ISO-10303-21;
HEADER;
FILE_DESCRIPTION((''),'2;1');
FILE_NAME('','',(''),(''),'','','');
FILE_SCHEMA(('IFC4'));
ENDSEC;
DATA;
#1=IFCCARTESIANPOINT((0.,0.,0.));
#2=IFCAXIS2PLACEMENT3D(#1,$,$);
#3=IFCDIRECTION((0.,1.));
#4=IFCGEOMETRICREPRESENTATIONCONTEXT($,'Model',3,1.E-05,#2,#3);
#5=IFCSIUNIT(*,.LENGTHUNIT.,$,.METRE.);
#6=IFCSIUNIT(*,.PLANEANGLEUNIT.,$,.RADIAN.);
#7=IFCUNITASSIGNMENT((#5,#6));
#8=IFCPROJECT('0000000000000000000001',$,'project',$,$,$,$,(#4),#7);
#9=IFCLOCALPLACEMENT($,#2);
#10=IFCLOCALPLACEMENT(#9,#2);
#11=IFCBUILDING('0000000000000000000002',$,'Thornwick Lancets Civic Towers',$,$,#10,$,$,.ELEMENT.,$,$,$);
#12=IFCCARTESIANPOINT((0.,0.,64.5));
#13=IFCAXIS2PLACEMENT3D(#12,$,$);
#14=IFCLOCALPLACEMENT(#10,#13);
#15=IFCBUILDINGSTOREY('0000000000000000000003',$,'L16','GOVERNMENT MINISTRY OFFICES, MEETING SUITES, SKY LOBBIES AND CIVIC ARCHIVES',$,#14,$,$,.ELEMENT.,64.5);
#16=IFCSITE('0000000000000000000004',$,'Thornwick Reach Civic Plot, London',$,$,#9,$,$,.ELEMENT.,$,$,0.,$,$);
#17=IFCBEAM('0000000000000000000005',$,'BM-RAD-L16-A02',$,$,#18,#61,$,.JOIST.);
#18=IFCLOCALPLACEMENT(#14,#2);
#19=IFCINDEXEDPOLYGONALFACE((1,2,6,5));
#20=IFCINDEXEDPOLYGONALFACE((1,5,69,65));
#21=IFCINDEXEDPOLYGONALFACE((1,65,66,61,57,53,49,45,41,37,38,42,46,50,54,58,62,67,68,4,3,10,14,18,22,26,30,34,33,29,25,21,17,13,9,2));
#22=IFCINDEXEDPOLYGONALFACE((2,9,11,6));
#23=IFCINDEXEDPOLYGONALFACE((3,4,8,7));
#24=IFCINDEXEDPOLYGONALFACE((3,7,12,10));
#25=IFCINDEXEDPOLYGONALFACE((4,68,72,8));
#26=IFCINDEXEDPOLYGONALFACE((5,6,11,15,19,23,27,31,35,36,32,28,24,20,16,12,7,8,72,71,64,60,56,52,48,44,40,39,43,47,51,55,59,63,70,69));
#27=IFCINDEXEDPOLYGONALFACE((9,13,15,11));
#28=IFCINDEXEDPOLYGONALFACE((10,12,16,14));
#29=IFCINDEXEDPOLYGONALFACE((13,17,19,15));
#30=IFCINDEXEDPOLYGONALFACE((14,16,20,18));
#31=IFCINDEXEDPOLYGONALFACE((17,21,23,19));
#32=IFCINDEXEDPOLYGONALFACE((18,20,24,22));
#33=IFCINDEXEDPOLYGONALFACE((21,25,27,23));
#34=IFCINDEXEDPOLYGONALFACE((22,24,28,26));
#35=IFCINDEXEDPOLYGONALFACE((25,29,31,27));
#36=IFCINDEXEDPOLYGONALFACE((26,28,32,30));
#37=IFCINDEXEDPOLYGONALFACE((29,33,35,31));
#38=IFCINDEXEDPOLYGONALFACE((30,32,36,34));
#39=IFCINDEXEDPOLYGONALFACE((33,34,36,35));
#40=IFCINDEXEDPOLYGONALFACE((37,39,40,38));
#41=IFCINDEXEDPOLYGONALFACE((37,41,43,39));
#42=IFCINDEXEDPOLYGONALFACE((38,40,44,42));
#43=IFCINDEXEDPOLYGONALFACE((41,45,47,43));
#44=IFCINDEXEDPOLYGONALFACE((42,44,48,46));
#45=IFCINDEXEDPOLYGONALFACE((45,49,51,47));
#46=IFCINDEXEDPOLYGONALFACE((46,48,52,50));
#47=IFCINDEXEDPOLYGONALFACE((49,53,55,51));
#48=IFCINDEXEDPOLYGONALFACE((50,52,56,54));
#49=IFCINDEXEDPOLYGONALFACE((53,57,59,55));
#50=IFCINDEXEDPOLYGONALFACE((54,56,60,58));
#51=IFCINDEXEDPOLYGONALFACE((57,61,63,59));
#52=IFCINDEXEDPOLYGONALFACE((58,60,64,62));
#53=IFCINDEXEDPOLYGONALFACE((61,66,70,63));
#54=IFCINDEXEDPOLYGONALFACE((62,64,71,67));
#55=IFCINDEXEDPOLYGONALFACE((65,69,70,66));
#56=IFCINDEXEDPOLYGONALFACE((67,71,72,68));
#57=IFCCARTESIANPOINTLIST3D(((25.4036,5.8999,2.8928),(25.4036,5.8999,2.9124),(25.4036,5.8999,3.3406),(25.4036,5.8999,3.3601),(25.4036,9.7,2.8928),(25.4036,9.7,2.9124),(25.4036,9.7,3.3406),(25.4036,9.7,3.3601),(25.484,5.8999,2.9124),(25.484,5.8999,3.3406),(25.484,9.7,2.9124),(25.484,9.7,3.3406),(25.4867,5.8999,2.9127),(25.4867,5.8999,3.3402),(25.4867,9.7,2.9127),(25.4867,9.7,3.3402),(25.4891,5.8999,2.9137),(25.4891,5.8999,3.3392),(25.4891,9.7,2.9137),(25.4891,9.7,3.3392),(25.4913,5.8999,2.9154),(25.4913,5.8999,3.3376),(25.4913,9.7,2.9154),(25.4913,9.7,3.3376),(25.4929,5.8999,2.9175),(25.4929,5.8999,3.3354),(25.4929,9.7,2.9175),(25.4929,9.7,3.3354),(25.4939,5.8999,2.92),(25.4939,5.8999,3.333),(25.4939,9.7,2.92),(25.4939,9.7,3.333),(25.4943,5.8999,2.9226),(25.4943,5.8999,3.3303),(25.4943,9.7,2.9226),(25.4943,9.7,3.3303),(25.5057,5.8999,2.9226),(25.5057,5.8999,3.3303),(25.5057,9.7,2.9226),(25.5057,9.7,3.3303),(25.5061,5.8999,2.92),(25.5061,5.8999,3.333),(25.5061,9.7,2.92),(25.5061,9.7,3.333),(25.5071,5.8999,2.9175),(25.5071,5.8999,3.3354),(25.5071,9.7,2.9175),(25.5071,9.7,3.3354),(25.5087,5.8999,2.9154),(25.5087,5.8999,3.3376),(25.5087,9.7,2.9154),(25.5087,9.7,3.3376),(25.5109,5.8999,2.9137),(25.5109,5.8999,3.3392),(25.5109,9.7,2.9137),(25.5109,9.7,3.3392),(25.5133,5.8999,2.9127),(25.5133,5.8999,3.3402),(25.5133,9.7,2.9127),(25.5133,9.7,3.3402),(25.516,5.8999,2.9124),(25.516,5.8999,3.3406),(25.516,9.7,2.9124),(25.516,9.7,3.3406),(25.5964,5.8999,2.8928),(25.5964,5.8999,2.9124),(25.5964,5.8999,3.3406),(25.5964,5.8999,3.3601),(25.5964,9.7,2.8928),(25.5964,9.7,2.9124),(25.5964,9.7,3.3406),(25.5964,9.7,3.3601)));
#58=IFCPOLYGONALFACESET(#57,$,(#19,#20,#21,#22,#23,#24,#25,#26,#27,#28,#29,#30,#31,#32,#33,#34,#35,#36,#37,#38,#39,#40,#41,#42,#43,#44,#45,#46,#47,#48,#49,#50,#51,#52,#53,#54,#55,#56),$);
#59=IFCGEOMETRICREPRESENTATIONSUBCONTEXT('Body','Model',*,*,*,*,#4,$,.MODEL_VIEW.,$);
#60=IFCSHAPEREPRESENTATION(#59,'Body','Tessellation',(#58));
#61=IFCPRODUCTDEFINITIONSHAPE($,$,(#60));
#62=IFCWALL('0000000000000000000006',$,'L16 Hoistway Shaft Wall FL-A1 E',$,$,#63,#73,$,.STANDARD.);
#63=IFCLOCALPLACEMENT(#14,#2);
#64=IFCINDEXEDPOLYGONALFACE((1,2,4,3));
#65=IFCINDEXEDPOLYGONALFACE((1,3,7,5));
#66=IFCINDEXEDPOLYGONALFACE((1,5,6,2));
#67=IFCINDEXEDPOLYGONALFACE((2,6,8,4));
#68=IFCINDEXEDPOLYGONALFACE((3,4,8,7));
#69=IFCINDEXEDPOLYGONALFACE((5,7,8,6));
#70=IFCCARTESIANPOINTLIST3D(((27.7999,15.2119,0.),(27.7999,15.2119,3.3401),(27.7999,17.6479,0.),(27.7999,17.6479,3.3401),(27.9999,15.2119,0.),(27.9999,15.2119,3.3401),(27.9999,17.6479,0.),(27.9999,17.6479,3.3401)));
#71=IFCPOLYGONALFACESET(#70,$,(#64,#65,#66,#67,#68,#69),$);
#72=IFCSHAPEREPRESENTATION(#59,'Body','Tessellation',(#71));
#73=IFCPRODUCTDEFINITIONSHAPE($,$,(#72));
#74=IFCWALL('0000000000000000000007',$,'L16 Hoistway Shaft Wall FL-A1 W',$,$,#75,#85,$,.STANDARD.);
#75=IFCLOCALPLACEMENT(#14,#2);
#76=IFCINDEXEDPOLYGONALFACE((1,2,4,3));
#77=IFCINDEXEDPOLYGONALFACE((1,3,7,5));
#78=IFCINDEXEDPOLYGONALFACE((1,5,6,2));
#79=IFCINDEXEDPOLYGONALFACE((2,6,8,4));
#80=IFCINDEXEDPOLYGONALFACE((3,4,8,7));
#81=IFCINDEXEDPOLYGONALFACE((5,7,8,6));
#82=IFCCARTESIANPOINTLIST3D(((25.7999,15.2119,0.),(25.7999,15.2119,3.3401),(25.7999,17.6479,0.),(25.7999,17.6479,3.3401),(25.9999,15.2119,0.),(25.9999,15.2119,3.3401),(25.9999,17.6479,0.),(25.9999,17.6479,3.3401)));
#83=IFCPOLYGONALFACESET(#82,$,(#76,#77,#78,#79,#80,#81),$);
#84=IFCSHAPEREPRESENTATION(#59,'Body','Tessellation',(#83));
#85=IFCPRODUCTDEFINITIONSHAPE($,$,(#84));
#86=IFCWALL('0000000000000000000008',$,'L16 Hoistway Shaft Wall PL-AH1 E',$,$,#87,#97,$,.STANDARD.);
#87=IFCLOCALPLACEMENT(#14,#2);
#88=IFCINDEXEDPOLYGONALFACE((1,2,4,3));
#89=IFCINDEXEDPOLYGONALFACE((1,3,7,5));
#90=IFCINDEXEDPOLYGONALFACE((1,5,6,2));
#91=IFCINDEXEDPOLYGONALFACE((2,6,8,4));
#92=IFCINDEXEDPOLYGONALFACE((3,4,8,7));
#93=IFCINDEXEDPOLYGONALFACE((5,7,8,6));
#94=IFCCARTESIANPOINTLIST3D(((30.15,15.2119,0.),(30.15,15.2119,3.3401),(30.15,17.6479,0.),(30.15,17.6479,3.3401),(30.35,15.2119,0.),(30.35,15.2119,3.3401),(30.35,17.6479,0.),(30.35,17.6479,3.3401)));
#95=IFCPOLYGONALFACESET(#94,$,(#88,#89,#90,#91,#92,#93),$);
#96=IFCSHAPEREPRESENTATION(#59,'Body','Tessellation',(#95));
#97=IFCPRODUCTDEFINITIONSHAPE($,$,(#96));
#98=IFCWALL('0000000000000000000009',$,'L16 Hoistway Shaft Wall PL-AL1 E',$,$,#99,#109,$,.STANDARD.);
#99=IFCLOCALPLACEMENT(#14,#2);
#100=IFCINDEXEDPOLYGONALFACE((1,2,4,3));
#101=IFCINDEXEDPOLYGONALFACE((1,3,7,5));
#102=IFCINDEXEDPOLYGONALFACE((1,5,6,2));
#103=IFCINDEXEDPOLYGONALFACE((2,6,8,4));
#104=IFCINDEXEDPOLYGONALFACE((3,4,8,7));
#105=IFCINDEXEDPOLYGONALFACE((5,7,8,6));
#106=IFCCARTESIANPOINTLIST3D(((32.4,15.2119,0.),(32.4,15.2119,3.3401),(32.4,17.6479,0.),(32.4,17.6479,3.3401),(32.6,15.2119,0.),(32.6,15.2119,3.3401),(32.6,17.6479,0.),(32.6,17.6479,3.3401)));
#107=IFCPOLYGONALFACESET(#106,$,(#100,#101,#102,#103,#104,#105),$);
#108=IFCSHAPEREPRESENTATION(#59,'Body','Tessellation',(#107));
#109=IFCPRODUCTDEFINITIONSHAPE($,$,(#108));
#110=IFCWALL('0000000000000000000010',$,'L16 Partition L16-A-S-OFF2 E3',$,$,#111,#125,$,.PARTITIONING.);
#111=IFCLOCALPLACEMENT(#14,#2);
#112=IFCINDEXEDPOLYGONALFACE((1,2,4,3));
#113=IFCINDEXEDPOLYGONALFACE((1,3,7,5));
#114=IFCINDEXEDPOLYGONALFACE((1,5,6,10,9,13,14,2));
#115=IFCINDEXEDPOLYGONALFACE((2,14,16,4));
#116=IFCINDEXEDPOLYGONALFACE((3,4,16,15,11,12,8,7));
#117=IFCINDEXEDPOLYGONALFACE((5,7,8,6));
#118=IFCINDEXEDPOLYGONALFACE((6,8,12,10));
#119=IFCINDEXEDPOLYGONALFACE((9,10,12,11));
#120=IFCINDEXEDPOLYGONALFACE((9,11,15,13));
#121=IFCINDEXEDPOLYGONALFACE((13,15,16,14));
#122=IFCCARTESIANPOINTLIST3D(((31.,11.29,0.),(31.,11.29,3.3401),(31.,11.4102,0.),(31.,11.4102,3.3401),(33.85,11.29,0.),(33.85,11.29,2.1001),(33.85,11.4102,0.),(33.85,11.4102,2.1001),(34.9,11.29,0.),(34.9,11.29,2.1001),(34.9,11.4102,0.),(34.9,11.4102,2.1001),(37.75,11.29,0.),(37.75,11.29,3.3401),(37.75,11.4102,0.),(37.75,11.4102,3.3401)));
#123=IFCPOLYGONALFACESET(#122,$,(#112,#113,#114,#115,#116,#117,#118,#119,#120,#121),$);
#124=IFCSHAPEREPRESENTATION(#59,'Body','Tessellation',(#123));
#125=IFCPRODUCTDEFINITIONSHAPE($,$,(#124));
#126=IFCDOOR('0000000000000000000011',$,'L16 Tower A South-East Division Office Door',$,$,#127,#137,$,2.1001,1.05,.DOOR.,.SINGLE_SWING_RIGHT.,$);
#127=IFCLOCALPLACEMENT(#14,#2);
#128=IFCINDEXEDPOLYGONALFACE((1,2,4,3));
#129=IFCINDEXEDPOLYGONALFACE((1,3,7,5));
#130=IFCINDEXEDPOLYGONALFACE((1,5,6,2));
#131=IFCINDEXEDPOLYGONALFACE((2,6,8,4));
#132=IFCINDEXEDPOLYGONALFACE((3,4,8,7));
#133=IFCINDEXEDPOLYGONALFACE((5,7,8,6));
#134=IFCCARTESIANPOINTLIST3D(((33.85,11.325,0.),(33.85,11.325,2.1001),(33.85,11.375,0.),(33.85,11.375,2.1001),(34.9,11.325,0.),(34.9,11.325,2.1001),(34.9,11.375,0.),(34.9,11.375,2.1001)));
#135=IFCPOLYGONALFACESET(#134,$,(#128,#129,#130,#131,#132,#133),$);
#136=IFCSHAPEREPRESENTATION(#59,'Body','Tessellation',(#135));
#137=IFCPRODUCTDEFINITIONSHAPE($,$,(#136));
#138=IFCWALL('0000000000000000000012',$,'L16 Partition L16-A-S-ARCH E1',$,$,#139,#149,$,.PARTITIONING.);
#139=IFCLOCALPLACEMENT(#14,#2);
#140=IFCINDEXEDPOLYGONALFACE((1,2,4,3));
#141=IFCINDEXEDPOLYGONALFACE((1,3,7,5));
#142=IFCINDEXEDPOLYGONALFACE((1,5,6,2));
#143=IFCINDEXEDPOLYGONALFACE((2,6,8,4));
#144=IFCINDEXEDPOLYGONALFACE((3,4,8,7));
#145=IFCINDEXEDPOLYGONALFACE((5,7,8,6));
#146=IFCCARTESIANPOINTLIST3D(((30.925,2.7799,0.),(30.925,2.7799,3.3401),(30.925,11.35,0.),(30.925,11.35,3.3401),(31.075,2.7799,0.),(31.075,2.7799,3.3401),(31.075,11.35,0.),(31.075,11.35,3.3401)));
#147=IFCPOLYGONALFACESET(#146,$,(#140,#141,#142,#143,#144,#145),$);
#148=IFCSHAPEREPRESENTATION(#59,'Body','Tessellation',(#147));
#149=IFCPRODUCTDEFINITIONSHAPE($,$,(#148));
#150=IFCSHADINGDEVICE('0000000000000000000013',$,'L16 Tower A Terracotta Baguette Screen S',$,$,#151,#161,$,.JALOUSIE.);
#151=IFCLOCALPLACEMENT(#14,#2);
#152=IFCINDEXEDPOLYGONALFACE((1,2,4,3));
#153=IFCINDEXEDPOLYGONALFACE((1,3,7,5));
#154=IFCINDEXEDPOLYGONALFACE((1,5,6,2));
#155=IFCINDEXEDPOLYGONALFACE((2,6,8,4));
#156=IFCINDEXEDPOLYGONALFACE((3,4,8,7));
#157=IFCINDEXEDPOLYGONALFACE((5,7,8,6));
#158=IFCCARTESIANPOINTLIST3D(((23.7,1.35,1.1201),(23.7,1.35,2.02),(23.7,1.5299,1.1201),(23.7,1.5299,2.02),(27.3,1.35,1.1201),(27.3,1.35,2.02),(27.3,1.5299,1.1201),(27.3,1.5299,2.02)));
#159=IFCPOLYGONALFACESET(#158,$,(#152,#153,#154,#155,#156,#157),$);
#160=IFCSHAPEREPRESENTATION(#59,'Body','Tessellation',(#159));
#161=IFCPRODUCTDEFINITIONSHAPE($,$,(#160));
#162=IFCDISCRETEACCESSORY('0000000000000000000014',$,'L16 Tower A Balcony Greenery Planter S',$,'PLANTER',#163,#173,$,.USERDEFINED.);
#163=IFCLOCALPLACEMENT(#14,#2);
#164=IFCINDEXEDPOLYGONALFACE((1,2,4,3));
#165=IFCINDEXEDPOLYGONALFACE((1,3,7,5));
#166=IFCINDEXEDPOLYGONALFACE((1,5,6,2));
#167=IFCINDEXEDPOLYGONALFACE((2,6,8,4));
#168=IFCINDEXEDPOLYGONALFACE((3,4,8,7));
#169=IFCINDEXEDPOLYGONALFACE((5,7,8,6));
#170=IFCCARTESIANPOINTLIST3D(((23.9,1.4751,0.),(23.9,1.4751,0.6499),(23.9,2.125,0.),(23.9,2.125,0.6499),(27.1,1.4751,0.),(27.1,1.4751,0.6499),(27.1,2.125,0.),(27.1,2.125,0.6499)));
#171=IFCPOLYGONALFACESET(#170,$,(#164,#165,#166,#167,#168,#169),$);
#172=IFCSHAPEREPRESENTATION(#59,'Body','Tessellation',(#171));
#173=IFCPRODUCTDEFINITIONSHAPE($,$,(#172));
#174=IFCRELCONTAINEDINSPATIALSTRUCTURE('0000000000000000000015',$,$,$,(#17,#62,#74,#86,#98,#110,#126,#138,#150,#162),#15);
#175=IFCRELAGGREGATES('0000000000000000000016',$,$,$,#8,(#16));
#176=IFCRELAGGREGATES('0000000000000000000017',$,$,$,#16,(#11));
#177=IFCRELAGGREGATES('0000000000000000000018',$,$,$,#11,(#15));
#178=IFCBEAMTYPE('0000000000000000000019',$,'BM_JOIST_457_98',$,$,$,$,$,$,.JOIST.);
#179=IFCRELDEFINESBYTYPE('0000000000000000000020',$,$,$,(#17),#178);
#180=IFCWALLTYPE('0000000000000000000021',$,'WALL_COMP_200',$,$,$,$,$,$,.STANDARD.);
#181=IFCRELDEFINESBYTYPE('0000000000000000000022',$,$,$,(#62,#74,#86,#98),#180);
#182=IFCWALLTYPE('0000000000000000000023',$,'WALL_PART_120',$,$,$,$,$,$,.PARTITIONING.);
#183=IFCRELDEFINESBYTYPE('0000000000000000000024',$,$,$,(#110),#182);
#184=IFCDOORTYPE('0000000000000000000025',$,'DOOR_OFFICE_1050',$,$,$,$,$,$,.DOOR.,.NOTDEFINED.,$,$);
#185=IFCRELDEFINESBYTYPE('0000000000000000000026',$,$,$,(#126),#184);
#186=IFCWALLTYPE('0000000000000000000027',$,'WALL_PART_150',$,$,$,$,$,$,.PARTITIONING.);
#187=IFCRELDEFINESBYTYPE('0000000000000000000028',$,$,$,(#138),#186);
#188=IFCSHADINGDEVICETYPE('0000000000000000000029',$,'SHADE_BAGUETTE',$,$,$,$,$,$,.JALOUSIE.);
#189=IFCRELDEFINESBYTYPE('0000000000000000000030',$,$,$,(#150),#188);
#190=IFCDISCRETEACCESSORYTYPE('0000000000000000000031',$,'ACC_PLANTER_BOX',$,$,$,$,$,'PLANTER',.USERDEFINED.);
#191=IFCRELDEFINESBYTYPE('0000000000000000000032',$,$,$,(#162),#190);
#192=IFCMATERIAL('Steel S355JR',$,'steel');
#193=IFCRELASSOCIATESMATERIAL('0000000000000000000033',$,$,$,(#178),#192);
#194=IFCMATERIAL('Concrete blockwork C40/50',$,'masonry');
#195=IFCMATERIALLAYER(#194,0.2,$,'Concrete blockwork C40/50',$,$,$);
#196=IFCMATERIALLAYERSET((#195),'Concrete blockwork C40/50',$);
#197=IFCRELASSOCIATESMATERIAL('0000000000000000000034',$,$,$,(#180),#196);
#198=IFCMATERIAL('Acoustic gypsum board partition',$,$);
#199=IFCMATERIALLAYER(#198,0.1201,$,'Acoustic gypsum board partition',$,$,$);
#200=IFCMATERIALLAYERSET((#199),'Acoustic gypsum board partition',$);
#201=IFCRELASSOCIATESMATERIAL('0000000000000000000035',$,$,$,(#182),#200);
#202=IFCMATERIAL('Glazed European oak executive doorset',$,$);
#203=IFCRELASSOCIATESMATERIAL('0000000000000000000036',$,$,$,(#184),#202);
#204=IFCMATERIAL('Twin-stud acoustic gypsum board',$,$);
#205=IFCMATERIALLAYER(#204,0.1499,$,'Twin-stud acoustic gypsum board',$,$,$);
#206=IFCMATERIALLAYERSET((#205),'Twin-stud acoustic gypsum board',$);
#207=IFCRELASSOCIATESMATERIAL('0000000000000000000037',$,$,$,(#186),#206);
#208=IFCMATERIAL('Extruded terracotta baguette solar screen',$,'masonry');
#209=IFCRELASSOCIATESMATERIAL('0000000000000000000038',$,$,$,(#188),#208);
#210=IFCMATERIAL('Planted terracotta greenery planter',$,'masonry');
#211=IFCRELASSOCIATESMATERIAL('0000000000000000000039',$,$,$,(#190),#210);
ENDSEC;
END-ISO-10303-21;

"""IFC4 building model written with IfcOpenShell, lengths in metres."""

from ifc_helpers import new_model, si_unit, direction, frame, frame_2d, origin, origin_2d, place, context, subcontext, project, spatial, rectangle, i_section, extrude, material, layer, layer_set, material_profile, profile_set, type_object, element, fill, save


model = new_model("IFC4")

# Units and contexts
model_context = context("Model", 3, precision=1e-05, world=origin(), true_north=direction((0.0, 1.0)))
body_context = subcontext(model_context, "Body", "Model", "MODEL_VIEW")
ifc_project = project(units=[si_unit("LENGTHUNIT", "METRE"), si_unit("PLANEANGLEUNIT", "RADIAN")], contexts=[model_context])

# Site, building, storey
site_placement = place(None, origin())
site = spatial("IfcSite", under=ifc_project, at=site_placement, Name="Thornwick Reach Civic Plot, London", CompositionType="ELEMENT", RefElevation=0.0)
building_placement = place(site_placement, origin())
building = spatial("IfcBuilding", under=site, at=building_placement, Name="Thornwick Lancets Civic Towers", CompositionType="ELEMENT")
storey_placement = place(building_placement, frame((0.0, 0.0, 64.5)))
storey = spatial("IfcBuildingStorey", under=building, at=storey_placement, Name="L16", Description="GOVERNMENT MINISTRY OFFICES, MEETING SUITES, SKY LOBBIES AND CIVIC ARCHIVES", CompositionType="ELEMENT", Elevation=64.5)

# Beam
ifc_material_1 = material(Name="Steel S355JR", Category="steel")
ifc_material_profile_1 = material_profile(ifc_material_1, i_section(OverallWidth=0.1929, OverallDepth=0.4673, WebThickness=0.0115, FlangeThickness=0.0195, FilletRadius=0.0103, at=origin_2d()), Name="UKB 457x191x98")
ifc_profile_set_1 = profile_set([ifc_material_profile_1], Name="Steel S355JR")
beam_type_1 = type_object("IfcBeamType", Name="BM_JOIST_457_98", PredefinedType="JOIST", material=ifc_profile_set_1)
beam_1_placement = place(storey_placement, frame((25.5, 9.7, 3.1265), z_axis=(0.0, -1.0, 0.0), x_axis=(1.0, 0.0, 0.0)))
element("IfcBeam", 1, at=beam_1_placement, inside=storey, type_object=beam_type_1, Name="BM-RAD-L16-A02", PredefinedType="JOIST", context=body_context, shape_type="SweptSolid", body=[
    extrude(i_section(OverallWidth=0.1929, OverallDepth=0.4673, WebThickness=0.0115, FlangeThickness=0.0195, FilletRadius=0.0103, at=origin_2d()), origin(), (0.0, 0.0, 1.0), 3.8),
])

# Walls
ifc_material_2 = material(Name="Concrete blockwork C40/50", Category="masonry")
ifc_layer_1 = layer(ifc_material_2, 0.2, Name="Concrete blockwork C40/50")
ifc_layer_set_1 = layer_set([ifc_layer_1], Name="Concrete blockwork C40/50")
wall_type_1 = type_object("IfcWallType", Name="WALL_COMP_200", PredefinedType="STANDARD", material=ifc_layer_set_1)
for number, where, z_axis, x_axis, name in (
    (2, (27.8999, 15.2119, 0.0), (0.0, 0.0, 1.0), (0.0, 1.0, 0.0), "L16 Hoistway Shaft Wall FL-A1 E"),
    (3, (25.8999, 15.2119, 0.0), (0.0, 0.0, 1.0), (0.0, 1.0, 0.0), "L16 Hoistway Shaft Wall FL-A1 W"),
    (4, (30.25, 15.2119, 0.0), (0.0, 0.0, 1.0), (0.0, 1.0, 0.0), "L16 Hoistway Shaft Wall PL-AH1 E"),
    (5, (32.5, 15.2119, 0.0), (0.0, 0.0, 1.0), (0.0, 1.0, 0.0), "L16 Hoistway Shaft Wall PL-AL1 E"),
):
    element("IfcWall", number, at=place(storey_placement, frame(where, z_axis=z_axis, x_axis=x_axis)), inside=storey, type_object=wall_type_1, Name=name, PredefinedType="STANDARD", context=body_context, shape_type="SweptSolid", body=[
        extrude(rectangle(XDim=2.436, YDim=0.2, at=frame_2d((1.218, 0.0))), origin(), (0.0, 0.0, 1.0), 3.3401),
    ])

# Wall, opening, door
ifc_material_3 = material(Name="Acoustic gypsum board partition")
ifc_layer_2 = layer(ifc_material_3, 0.1201, Name="Acoustic gypsum board partition")
ifc_layer_set_2 = layer_set([ifc_layer_2], Name="Acoustic gypsum board partition")
wall_type_2 = type_object("IfcWallType", Name="WALL_PART_120", PredefinedType="PARTITIONING", material=ifc_layer_set_2)
wall_1_placement = place(storey_placement, frame((31.0, 11.3501, 0.0), z_axis=(0.0, 0.0, 1.0), x_axis=(1.0, 0.0, 0.0)))
wall_1 = element("IfcWall", 6, at=wall_1_placement, inside=storey, type_object=wall_type_2, Name="L16 Partition L16-A-S-OFF2 E3", PredefinedType="PARTITIONING", context=body_context, shape_type="SweptSolid", body=[
    extrude(rectangle(XDim=6.75, YDim=0.1201, at=frame_2d((3.375, 0.0))), origin(), (0.0, 0.0, 1.0), 3.3401),
])
opening_placement = place(wall_1_placement, frame((2.8501, 0.0, 0.0)))
opening = element("IfcOpeningElement", 7, at=opening_placement, cuts=wall_1, PredefinedType="OPENING", context=body_context, shape_type="SweptSolid", body=[
    extrude(rectangle(XDim=1.05, YDim=2.1001, at=frame_2d((0.5249, 1.05))), frame((0.0, 0.0701, 0.0), z_axis=(0.0, -1.0, 0.0), x_axis=(1.0, 0.0, 0.0)), (0.0, 0.0, 1.0), 0.1401),
])
ifc_material_4 = material(Name="Glazed European oak executive doorset")
door_type = type_object("IfcDoorType", Name="DOOR_OFFICE_1050", OperationType="NOTDEFINED", PredefinedType="DOOR", material=ifc_material_4)
door_placement = place(opening_placement, origin())
door = element("IfcDoor", 8, at=door_placement, inside=storey, type_object=door_type, Name="L16 Tower A South-East Division Office Door", OperationType="SINGLE_SWING_RIGHT", OverallHeight=2.1001, OverallWidth=1.05, PredefinedType="DOOR", context=body_context, shape_type="SweptSolid", body=[
    extrude(rectangle(XDim=1.05, YDim=2.1001, at=frame_2d((0.5249, 1.05))), frame((0.0, 0.0249, 0.0), z_axis=(0.0, -1.0, 0.0), x_axis=(1.0, 0.0, 0.0)), (0.0, 0.0, 1.0), 0.05),
])
fill(opening, door)

# Wall
ifc_material_5 = material(Name="Twin-stud acoustic gypsum board")
ifc_layer_3 = layer(ifc_material_5, 0.1499, Name="Twin-stud acoustic gypsum board")
ifc_layer_set_3 = layer_set([ifc_layer_3], Name="Twin-stud acoustic gypsum board")
wall_type_3 = type_object("IfcWallType", Name="WALL_PART_150", PredefinedType="PARTITIONING", material=ifc_layer_set_3)
wall_2_placement = place(storey_placement, frame((31.0, 11.3501, 0.0), z_axis=(0.0, 0.0, 1.0), x_axis=(0.0, -1.0, 0.0)))
element("IfcWall", 9, at=wall_2_placement, inside=storey, type_object=wall_type_3, Name="L16 Partition L16-A-S-ARCH E1", PredefinedType="PARTITIONING", context=body_context, shape_type="SweptSolid", body=[
    extrude(rectangle(XDim=8.5701, YDim=0.1499, at=frame_2d((4.2852, 0.0))), origin(), (0.0, 0.0, 1.0), 3.3401),
])

# Shading device
ifc_material_6 = material(Name="Extruded terracotta baguette solar screen", Category="masonry")
shading_device_type = type_object("IfcShadingDeviceType", Name="SHADE_BAGUETTE", PredefinedType="JALOUSIE", material=ifc_material_6)
shading_device_placement = place(storey_placement, frame((25.5, 1.4399, 1.1201), z_axis=(0.0, 0.0, 1.0), x_axis=(1.0, 0.0, 0.0)))
element("IfcShadingDevice", 10, at=shading_device_placement, inside=storey, type_object=shading_device_type, Name="L16 Tower A Terracotta Baguette Screen S", PredefinedType="JALOUSIE", context=body_context, shape_type="SweptSolid", body=[
    extrude(rectangle(XDim=3.6001, YDim=0.1799, at=origin_2d()), origin(), (0.0, 0.0, 1.0), 0.8999),
])

# Discrete accessory
ifc_material_7 = material(Name="Planted terracotta greenery planter", Category="masonry")
discrete_accessory_type = type_object("IfcDiscreteAccessoryType", Name="ACC_PLANTER_BOX", ElementType="PLANTER", PredefinedType="USERDEFINED", material=ifc_material_7)
discrete_accessory_placement = place(storey_placement, frame((25.5, 1.8, 0.0), z_axis=(0.0, 0.0, 1.0), x_axis=(1.0, 0.0, 0.0)))
element("IfcDiscreteAccessory", 11, at=discrete_accessory_placement, inside=storey, type_object=discrete_accessory_type, Name="L16 Tower A Balcony Greenery Planter S", ObjectType="PLANTER", PredefinedType="USERDEFINED", context=body_context, shape_type="SweptSolid", body=[
    extrude(rectangle(XDim=3.2, YDim=0.6499, at=origin_2d()), origin(), (0.0, 0.0, 1.0), 0.6499),
])

save(model, "model.ifc")
